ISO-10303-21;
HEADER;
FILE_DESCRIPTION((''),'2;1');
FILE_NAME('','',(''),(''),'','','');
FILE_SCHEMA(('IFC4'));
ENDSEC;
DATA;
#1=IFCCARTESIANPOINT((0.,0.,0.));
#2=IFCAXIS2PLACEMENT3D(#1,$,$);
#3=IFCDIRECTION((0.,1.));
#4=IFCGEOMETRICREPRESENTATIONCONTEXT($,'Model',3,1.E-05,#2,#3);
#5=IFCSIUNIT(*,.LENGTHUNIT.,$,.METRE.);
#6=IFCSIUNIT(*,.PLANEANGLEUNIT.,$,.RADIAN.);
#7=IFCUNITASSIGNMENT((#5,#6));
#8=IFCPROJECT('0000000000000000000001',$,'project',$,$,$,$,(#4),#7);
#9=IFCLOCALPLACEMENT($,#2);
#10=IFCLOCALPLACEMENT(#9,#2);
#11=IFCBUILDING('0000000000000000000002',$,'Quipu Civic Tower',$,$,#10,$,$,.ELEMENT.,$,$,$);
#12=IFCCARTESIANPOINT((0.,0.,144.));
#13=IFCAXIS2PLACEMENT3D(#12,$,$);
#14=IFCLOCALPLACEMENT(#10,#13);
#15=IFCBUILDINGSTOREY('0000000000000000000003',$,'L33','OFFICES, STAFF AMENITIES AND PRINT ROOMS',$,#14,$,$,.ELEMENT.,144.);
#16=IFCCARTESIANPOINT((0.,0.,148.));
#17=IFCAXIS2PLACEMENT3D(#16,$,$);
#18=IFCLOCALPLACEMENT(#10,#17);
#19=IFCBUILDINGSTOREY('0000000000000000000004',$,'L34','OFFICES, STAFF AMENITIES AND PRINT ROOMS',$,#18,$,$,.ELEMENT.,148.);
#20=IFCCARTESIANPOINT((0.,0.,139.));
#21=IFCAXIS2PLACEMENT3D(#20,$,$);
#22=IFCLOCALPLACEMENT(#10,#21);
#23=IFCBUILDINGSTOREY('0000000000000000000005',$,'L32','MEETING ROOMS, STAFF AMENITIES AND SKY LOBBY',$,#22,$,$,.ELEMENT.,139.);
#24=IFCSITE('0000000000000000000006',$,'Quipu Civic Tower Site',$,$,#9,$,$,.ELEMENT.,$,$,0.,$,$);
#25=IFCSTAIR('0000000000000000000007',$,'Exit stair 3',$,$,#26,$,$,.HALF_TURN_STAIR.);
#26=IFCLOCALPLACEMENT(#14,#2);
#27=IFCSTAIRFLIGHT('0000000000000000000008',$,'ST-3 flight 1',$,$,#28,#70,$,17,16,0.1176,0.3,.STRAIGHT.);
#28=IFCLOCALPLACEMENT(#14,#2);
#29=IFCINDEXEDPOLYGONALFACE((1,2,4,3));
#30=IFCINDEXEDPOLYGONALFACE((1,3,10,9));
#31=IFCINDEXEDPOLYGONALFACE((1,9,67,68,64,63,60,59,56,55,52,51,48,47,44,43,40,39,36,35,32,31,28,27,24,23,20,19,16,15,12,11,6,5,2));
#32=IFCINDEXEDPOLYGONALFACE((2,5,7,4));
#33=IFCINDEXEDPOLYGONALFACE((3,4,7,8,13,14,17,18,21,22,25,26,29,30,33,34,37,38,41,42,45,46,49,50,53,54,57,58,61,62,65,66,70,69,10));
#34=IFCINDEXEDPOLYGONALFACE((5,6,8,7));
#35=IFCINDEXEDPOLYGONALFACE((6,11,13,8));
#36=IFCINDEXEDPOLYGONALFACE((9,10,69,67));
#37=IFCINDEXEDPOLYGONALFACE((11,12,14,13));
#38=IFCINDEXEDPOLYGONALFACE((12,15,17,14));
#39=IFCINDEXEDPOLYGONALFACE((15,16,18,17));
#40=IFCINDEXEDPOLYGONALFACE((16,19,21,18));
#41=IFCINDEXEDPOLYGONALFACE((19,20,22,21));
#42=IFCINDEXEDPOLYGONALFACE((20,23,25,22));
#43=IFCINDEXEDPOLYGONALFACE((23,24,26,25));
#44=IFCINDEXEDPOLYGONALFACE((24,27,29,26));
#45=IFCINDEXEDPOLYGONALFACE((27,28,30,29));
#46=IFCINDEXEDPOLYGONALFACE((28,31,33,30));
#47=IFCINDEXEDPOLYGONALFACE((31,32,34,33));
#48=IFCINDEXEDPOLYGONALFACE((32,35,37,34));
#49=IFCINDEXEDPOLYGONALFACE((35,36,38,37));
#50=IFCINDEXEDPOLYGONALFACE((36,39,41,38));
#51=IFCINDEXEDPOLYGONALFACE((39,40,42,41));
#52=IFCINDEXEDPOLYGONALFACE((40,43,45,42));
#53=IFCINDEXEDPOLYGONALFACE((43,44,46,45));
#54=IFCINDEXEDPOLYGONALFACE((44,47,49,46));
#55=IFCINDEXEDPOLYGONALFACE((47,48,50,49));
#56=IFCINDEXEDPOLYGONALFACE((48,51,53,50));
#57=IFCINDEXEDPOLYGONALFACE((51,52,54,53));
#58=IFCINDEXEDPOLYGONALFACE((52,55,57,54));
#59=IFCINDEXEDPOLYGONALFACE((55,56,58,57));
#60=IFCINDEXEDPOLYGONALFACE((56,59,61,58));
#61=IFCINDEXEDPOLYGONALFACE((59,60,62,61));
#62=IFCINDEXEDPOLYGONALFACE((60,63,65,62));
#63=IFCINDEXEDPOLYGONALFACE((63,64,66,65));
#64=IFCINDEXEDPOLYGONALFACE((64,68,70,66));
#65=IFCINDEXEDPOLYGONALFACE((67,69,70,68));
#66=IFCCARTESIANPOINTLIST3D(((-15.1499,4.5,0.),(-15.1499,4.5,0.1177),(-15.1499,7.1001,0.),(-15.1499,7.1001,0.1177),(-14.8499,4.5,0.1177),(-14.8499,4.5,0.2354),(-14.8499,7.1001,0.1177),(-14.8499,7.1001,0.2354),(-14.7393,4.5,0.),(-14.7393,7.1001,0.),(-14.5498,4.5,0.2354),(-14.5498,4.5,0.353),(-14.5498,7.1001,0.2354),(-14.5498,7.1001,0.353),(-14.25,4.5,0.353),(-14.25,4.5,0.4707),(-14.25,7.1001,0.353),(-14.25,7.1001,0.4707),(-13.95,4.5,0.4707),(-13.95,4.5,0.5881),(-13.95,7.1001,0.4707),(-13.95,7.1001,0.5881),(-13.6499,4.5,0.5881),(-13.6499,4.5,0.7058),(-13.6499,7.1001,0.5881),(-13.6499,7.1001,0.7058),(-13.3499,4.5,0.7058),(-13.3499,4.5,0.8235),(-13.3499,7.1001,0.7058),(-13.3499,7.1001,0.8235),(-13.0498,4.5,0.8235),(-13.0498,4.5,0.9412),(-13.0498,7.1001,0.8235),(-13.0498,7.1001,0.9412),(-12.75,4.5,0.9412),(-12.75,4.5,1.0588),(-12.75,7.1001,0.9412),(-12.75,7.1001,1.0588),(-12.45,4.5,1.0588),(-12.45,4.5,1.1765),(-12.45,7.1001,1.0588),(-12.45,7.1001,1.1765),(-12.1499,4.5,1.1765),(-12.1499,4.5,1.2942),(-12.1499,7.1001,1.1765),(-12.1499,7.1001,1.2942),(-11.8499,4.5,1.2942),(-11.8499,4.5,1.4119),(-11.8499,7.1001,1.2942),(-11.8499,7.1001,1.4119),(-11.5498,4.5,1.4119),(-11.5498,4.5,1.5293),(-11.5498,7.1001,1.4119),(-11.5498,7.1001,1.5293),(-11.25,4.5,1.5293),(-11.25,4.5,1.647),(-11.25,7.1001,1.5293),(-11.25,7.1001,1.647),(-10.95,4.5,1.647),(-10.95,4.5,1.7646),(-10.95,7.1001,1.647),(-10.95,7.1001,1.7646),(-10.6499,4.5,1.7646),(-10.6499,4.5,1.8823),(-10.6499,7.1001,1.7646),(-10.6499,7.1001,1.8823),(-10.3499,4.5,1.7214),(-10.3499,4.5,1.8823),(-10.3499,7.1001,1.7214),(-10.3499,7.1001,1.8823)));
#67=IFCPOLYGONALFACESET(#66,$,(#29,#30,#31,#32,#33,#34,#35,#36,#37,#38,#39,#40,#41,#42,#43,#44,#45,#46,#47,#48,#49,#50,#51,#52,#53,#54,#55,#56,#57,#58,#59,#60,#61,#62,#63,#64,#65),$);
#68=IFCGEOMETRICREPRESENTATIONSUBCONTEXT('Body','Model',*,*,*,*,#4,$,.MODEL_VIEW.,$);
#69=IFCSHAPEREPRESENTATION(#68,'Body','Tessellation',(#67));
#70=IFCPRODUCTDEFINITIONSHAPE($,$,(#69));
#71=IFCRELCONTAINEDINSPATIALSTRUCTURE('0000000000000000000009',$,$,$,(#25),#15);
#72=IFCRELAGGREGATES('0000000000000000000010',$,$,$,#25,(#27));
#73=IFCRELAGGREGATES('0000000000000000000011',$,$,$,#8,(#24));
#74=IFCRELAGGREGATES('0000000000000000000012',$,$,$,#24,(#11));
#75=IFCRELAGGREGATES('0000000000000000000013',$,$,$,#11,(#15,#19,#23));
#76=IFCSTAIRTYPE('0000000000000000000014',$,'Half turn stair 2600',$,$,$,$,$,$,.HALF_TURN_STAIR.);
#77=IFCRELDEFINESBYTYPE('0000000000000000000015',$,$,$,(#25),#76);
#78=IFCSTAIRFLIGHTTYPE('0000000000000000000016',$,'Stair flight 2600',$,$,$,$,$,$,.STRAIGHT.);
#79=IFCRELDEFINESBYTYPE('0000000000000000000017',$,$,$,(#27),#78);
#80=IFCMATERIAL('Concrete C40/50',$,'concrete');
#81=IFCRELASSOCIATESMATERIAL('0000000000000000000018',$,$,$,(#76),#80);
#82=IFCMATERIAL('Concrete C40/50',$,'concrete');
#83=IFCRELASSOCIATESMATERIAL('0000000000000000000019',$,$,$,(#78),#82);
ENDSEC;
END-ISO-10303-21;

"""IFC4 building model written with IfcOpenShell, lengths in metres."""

from ifc_helpers import new_model, si_unit, direction, frame, origin, place, context, subcontext, project, spatial, polyline, outline, extrude, material, type_object, element, aggregate, save


model = new_model("IFC4")

# Units and contexts
model_context = context("Model", 3, precision=1e-05, world=origin(), true_north=direction((0.0, 1.0)))
body_context = subcontext(model_context, "Body", "Model", "MODEL_VIEW")
ifc_project = project(units=[si_unit("LENGTHUNIT", "METRE"), si_unit("PLANEANGLEUNIT", "RADIAN")], contexts=[model_context])

# Site, building, storey
site_placement = place(None, origin())
site = spatial("IfcSite", under=ifc_project, at=site_placement, Name="Quipu Civic Tower Site", CompositionType="ELEMENT", RefElevation=0.0)
building_placement = place(site_placement, origin())
building = spatial("IfcBuilding", under=site, at=building_placement, Name="Quipu Civic Tower", CompositionType="ELEMENT")
storey_1_placement = place(building_placement, frame((0.0, 0.0, 144.0)))
storey_1 = spatial("IfcBuildingStorey", under=building, at=storey_1_placement, Name="L33", Description="OFFICES, STAFF AMENITIES AND PRINT ROOMS", CompositionType="ELEMENT", Elevation=144.0)

# Shared definitions
storey_2_placement = place(building_placement, frame((0.0, 0.0, 148.0)))
storey_2 = spatial("IfcBuildingStorey", under=building, at=storey_2_placement, Name="L34", Description="OFFICES, STAFF AMENITIES AND PRINT ROOMS", CompositionType="ELEMENT", Elevation=148.0)

# Shared definitions
storey_3_placement = place(building_placement, frame((0.0, 0.0, 139.0)))
storey_3 = spatial("IfcBuildingStorey", under=building, at=storey_3_placement, Name="L32", Description="MEETING ROOMS, STAFF AMENITIES AND SKY LOBBY", CompositionType="ELEMENT", Elevation=139.0)

# Stair, stair flight
ifc_material_1 = material(Name="Concrete C40/50", Category="concrete")
stair_type = type_object("IfcStairType", Name="Half turn stair 2600", PredefinedType="HALF_TURN_STAIR", material=ifc_material_1)
stair_placement = place(storey_1_placement, origin())
stair = element("IfcStair", 1, at=stair_placement, inside=storey_1, type_object=stair_type, Name="Exit stair 3", PredefinedType="HALF_TURN_STAIR")
ifc_material_2 = material(Name="Concrete C40/50", Category="concrete")
stair_flight_type = type_object("IfcStairFlightType", Name="Stair flight 2600", PredefinedType="STRAIGHT", material=ifc_material_2)
stair_flight_placement = place(storey_1_placement, frame((-15.1499, 5.8, 0.0), z_axis=(0.0, 0.0, 1.0), x_axis=(1.0, 0.0, 0.0)))
stair_flight = element("IfcStairFlight", 2, at=stair_flight_placement, type_object=stair_flight_type, Name="ST-3 flight 1", NumberOfRisers=17, NumberOfTreads=16, PredefinedType="STRAIGHT", RiserHeight=0.1176, TreadLength=0.3, context=body_context, shape_type="SweptSolid", body=[
    extrude(outline(polyline([(0.0, 0.0), (0.0, 0.1177), (0.3, 0.1177), (0.3, 0.2354), (0.6001, 0.2354), (0.6001, 0.353), (0.8999, 0.353), (0.8999, 0.4707), (1.2, 0.4707), (1.2, 0.5881), (1.5, 0.5881), (1.5, 0.7058), (1.8, 0.7058), (1.8, 0.8235), (2.1001, 0.8235), (2.1001, 0.9412), (2.3999, 0.9412), (2.3999, 1.0588), (2.7, 1.0588), (2.7, 1.1765), (3.0, 1.1765), (3.0, 1.2942), (3.3, 1.2942), (3.3, 1.4119), (3.6001, 1.4119), (3.6001, 1.5293), (3.8999, 1.5293), (3.8999, 1.647), (4.2, 1.647), (4.2, 1.7646), (4.5, 1.7646), (4.5, 1.8823), (4.8, 1.8823), (4.8, 2.0), (4.8, 1.7214), (0.4106, 0.0), (0.0, 0.0)])), frame((0.0, 1.3, 0.0), z_axis=(0.0, -1.0, 0.0), x_axis=(1.0, 0.0, 0.0)), (0.0, 0.0, 1.0), 2.6001),
])
aggregate(stair, [stair_flight])

save(model, "model.ifc")
